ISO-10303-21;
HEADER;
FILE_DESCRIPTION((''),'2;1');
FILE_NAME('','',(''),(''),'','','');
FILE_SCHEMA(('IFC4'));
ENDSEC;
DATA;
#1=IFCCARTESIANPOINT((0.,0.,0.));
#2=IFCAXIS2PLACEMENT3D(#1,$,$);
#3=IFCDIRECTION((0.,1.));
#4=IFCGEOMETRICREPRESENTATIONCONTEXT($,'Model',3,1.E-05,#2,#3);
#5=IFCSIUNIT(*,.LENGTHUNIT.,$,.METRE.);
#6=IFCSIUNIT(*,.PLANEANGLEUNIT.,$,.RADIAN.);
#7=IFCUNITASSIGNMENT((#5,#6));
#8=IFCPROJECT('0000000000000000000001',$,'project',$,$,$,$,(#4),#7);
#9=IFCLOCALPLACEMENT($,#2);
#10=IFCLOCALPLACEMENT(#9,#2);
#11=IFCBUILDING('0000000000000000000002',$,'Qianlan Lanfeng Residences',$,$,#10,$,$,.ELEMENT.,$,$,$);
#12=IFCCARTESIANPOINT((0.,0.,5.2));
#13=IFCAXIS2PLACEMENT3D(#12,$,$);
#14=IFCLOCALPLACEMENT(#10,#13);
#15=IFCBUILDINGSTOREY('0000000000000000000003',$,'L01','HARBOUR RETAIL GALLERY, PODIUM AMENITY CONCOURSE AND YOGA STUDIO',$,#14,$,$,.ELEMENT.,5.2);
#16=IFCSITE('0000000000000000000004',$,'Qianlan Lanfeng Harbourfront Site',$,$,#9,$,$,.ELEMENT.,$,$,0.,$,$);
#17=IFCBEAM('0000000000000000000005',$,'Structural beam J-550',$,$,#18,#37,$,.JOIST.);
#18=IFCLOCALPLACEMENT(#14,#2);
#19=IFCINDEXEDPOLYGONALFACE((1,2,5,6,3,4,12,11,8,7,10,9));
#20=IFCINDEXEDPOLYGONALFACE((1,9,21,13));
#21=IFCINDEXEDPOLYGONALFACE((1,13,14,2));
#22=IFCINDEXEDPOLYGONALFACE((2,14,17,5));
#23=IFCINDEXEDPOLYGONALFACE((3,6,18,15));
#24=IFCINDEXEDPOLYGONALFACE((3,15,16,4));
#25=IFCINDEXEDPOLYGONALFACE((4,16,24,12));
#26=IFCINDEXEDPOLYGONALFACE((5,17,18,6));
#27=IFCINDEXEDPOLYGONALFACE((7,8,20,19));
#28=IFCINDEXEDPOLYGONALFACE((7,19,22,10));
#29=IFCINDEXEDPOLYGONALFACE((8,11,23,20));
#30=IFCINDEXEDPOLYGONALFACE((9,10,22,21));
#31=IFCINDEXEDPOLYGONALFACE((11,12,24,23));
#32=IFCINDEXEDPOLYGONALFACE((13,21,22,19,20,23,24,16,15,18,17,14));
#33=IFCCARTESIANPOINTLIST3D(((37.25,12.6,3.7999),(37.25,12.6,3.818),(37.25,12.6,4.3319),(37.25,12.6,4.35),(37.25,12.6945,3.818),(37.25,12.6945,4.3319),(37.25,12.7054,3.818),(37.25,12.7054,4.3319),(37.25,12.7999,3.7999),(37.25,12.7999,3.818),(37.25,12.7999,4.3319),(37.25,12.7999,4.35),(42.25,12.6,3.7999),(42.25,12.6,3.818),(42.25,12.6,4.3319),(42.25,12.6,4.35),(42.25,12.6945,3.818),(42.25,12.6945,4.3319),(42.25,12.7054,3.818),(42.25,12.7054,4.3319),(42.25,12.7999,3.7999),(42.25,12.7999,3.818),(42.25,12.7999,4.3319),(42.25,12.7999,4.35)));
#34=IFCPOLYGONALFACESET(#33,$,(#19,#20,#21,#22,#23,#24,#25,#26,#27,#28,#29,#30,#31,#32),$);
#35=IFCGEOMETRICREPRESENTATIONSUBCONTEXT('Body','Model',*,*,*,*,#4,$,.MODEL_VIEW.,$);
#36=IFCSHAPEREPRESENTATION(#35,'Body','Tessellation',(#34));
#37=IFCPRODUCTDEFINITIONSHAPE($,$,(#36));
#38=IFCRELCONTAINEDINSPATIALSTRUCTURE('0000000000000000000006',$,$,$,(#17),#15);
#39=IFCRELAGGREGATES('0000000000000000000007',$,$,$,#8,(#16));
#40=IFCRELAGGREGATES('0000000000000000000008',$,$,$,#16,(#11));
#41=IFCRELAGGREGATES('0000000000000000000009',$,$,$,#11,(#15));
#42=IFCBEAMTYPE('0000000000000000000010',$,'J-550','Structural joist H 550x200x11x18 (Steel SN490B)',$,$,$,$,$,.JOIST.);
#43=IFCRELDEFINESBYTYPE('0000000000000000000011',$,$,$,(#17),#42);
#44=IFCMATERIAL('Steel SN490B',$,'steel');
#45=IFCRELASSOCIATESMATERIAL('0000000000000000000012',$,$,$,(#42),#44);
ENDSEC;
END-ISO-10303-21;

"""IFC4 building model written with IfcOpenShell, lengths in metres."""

from ifc_helpers import new_model, si_unit, direction, frame, origin, origin_2d, place, context, subcontext, project, spatial, i_section, extrude, material, material_profile, profile_set, type_object, element, save


model = new_model("IFC4")

# Units and contexts
model_context = context("Model", 3, precision=1e-05, world=origin(), true_north=direction((0.0, 1.0)))
body_context = subcontext(model_context, "Body", "Model", "MODEL_VIEW")
ifc_project = project(units=[si_unit("LENGTHUNIT", "METRE"), si_unit("PLANEANGLEUNIT", "RADIAN")], contexts=[model_context])

# Site, building, storey
site_placement = place(None, origin())
site = spatial("IfcSite", under=ifc_project, at=site_placement, Name="Qianlan Lanfeng Harbourfront Site", CompositionType="ELEMENT", RefElevation=0.0)
building_placement = place(site_placement, origin())
building = spatial("IfcBuilding", under=site, at=building_placement, Name="Qianlan Lanfeng Residences", CompositionType="ELEMENT")
storey_placement = place(building_placement, frame((0.0, 0.0, 5.2)))
storey = spatial("IfcBuildingStorey", under=building, at=storey_placement, Name="L01", Description="HARBOUR RETAIL GALLERY, PODIUM AMENITY CONCOURSE AND YOGA STUDIO", CompositionType="ELEMENT", Elevation=5.2)

# Beam
ifc_material_1 = material(Name="Steel SN490B", Category="steel")
ifc_material_profile_1 = material_profile(ifc_material_1, i_section(OverallWidth=0.2, OverallDepth=0.55, WebThickness=0.011, FlangeThickness=0.0181, at=origin_2d()), Name="H 550x200x11x18")
ifc_profile_set_1 = profile_set([ifc_material_profile_1], Name="Steel SN490B")
beam_type_1 = type_object("IfcBeamType", Name="J-550", Description="Structural joist H 550x200x11x18 (Steel SN490B)", PredefinedType="JOIST", material=ifc_profile_set_1)
for number, where, z_axis, x_axis, name in (
    (1, (37.25, 12.7, 4.075), (1.0, 0.0, 0.0), (0.0, 1.0, 0.0), "Structural beam J-550"),
):
    element("IfcBeam", number, at=place(storey_placement, frame(where, z_axis=z_axis, x_axis=x_axis)), inside=storey, type_object=beam_type_1, Name=name, PredefinedType="JOIST", context=body_context, shape_type="SweptSolid", body=[
        extrude(i_section(OverallWidth=0.2, OverallDepth=0.55, WebThickness=0.011, FlangeThickness=0.0181, at=origin_2d()), origin(), (0.0, 0.0, 1.0), 5.0),
    ])

save(model, "model.ifc")
